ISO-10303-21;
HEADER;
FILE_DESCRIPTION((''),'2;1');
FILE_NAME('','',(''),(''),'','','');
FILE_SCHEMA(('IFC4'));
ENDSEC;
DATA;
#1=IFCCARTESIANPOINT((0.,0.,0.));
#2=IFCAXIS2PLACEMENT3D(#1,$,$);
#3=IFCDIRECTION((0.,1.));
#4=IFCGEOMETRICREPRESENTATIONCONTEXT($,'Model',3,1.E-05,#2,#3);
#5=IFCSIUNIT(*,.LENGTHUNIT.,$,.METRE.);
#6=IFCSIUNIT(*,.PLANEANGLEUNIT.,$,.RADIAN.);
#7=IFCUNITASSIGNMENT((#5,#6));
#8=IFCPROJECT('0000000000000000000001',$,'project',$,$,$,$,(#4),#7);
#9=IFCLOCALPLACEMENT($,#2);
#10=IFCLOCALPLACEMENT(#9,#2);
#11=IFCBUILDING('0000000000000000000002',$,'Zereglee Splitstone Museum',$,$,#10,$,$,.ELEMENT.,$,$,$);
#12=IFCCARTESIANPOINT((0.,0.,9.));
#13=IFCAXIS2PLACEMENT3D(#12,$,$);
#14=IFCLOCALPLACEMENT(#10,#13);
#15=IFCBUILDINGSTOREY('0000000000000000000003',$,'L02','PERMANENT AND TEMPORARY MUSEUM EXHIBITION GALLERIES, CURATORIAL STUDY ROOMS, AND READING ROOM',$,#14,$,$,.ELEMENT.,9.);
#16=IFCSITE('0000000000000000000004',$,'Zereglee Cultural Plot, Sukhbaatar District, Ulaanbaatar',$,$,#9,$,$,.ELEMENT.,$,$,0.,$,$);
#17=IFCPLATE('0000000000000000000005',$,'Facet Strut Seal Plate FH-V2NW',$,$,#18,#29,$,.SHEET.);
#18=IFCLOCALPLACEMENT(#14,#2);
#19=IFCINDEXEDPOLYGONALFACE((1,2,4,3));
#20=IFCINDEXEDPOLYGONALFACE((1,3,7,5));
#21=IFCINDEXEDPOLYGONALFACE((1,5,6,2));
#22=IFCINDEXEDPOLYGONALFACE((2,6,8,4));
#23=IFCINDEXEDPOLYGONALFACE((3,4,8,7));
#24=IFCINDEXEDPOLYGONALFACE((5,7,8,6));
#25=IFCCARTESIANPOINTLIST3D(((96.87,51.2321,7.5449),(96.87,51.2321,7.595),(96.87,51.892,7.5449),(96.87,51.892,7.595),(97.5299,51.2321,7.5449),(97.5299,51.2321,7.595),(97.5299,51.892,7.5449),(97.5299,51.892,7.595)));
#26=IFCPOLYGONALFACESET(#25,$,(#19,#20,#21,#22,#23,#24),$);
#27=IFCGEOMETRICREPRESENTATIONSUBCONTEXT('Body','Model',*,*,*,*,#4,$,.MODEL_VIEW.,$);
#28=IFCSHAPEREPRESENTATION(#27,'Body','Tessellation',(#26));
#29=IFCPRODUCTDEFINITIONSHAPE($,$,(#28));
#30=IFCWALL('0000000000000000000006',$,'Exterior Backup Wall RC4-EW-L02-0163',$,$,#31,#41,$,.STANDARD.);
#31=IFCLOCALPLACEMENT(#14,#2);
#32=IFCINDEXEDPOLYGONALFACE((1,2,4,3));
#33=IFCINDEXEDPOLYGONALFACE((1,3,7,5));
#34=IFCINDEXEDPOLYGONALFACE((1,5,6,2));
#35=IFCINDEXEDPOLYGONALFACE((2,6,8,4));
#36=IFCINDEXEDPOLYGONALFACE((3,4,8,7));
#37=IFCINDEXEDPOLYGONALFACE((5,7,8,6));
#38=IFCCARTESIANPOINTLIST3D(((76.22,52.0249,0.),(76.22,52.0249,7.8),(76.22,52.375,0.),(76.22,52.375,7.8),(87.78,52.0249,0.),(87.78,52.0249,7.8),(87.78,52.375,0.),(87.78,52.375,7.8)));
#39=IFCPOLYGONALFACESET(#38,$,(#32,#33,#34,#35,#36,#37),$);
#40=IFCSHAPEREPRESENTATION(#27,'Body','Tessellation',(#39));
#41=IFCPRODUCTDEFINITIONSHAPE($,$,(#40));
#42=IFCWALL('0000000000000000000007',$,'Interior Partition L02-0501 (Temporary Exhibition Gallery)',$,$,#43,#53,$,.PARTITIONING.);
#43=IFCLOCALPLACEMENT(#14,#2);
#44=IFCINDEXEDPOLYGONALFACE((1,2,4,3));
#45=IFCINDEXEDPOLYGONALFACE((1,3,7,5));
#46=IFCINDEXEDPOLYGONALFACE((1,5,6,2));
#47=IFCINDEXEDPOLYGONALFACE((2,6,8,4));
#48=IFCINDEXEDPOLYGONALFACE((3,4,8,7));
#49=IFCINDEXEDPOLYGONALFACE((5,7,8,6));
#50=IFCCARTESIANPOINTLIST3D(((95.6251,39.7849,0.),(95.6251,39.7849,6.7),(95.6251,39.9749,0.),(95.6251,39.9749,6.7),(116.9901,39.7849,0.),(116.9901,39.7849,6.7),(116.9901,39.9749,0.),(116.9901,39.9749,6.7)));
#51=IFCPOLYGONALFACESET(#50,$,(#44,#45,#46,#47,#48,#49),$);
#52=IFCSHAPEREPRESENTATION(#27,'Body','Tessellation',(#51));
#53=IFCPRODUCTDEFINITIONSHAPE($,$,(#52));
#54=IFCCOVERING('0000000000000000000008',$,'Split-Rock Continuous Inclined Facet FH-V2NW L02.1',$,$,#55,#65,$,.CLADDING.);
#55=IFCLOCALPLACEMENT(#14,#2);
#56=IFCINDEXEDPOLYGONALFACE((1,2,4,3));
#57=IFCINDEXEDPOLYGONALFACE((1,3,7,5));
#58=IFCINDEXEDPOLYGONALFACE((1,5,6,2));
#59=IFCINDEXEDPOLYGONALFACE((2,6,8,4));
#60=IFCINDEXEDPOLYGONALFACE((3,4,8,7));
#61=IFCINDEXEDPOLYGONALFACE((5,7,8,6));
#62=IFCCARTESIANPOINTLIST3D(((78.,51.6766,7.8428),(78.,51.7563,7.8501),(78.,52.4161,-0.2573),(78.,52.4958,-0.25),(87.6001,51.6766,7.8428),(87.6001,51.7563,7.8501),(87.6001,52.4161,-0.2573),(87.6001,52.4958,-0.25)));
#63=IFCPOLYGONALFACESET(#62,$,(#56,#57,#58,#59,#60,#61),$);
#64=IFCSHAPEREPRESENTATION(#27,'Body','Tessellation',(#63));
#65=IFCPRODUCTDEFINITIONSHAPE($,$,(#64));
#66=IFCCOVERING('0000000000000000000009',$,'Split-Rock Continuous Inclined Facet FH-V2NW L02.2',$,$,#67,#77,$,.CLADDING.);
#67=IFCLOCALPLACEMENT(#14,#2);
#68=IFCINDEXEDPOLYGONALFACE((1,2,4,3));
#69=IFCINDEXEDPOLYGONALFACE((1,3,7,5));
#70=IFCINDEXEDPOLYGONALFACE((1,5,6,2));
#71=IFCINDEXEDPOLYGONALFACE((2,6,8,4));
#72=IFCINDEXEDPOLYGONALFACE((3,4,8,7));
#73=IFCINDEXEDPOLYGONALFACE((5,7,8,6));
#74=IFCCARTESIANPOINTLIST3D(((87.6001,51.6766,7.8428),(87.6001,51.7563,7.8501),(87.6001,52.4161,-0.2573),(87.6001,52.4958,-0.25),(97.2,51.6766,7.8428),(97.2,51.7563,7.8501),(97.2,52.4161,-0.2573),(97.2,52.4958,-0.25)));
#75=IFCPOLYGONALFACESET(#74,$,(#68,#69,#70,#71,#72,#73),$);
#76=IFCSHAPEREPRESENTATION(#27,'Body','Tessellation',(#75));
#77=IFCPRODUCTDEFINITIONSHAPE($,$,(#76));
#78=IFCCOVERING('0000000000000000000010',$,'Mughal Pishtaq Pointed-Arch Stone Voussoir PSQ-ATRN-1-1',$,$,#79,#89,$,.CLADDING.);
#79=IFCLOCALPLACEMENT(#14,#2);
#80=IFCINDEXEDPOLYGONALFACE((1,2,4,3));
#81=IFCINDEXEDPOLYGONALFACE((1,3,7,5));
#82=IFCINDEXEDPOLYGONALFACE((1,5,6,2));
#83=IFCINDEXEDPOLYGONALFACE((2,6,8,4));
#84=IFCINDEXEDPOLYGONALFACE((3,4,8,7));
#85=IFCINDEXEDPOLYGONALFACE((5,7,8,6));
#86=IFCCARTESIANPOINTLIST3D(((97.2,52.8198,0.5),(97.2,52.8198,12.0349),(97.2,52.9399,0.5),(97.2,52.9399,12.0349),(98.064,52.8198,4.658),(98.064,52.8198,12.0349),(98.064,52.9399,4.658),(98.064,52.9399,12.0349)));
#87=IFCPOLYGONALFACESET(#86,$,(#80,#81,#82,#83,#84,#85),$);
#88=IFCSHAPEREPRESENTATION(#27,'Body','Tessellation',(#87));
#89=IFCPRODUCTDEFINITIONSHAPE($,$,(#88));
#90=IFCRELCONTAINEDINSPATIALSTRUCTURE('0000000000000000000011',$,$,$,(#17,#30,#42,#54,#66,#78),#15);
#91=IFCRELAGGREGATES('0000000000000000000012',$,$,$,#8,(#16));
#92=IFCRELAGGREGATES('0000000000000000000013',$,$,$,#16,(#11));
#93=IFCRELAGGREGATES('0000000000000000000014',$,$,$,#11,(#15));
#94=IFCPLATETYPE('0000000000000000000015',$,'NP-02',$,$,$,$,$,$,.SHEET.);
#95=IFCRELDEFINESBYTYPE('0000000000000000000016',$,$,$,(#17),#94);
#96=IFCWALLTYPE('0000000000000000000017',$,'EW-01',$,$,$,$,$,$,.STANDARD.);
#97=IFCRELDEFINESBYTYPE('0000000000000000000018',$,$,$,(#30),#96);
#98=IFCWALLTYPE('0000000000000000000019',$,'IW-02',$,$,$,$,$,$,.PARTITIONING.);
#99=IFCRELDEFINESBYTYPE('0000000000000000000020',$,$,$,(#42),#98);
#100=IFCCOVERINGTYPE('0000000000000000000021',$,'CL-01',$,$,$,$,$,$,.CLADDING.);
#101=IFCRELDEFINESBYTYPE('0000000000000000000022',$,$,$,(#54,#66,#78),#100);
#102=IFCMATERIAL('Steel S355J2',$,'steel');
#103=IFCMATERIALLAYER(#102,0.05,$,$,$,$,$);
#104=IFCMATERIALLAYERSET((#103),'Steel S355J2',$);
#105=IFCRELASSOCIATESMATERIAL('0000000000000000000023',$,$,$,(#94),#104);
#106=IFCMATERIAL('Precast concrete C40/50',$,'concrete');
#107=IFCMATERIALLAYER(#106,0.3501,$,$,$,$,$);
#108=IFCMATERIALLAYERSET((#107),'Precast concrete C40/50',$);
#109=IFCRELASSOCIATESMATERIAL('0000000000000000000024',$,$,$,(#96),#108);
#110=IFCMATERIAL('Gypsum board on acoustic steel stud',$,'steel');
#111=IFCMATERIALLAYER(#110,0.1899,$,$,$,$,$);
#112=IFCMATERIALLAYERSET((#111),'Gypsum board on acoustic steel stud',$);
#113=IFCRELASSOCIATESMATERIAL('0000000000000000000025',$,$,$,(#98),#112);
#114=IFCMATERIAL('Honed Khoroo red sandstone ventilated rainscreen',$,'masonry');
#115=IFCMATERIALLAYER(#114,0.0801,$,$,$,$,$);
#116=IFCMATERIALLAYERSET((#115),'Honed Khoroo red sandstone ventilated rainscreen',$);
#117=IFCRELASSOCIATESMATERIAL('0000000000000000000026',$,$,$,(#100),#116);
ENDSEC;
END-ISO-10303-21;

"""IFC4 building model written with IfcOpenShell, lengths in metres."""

from ifc_helpers import new_model, si_unit, direction, frame, frame_2d, origin, origin_2d, place, context, subcontext, project, spatial, polyline, rectangle, outline, extrude, material, layer, layer_set, type_object, element, save


model = new_model("IFC4")

# Units and contexts
model_context = context("Model", 3, precision=1e-05, world=origin(), true_north=direction((0.0, 1.0)))
body_context = subcontext(model_context, "Body", "Model", "MODEL_VIEW")
ifc_project = project(units=[si_unit("LENGTHUNIT", "METRE"), si_unit("PLANEANGLEUNIT", "RADIAN")], contexts=[model_context])

# Site, building, storey
site_placement = place(None, origin())
site = spatial("IfcSite", under=ifc_project, at=site_placement, Name="Zereglee Cultural Plot, Sukhbaatar District, Ulaanbaatar", CompositionType="ELEMENT", RefElevation=0.0)
building_placement = place(site_placement, origin())
building = spatial("IfcBuilding", under=site, at=building_placement, Name="Zereglee Splitstone Museum", CompositionType="ELEMENT")
storey_placement = place(building_placement, frame((0.0, 0.0, 9.0)))
storey = spatial("IfcBuildingStorey", under=building, at=storey_placement, Name="L02", Description="PERMANENT AND TEMPORARY MUSEUM EXHIBITION GALLERIES, CURATORIAL STUDY ROOMS, AND READING ROOM", CompositionType="ELEMENT", Elevation=9.0)

# Shared definitions
ifc_material_1 = material(Name="Steel S355J2", Category="steel")

# Plate
ifc_layer_1 = layer(ifc_material_1, 0.05)
ifc_layer_set_1 = layer_set([ifc_layer_1], Name="Steel S355J2")
plate_type_1 = type_object("IfcPlateType", Name="NP-02", PredefinedType="SHEET", material=ifc_layer_set_1)
for number, where, z_axis, x_axis, name in (
    (1, (97.2, 51.562, 7.5449), (0.0, 0.0, 1.0), (1.0, 0.0, 0.0), "Facet Strut Seal Plate FH-V2NW"),
):
    element("IfcPlate", number, at=place(storey_placement, frame(where, z_axis=z_axis, x_axis=x_axis)), inside=storey, type_object=plate_type_1, Name=name, PredefinedType="SHEET", context=body_context, shape_type="SweptSolid", body=[
        extrude(rectangle(XDim=0.6599, YDim=0.6599, at=origin_2d()), origin(), (0.0, 0.0, 1.0), 0.05),
    ])

# Walls
ifc_material_2 = material(Name="Precast concrete C40/50", Category="concrete")
ifc_layer_2 = layer(ifc_material_2, 0.3501)
ifc_layer_set_2 = layer_set([ifc_layer_2], Name="Precast concrete C40/50")
wall_type_1 = type_object("IfcWallType", Name="EW-01", PredefinedType="STANDARD", material=ifc_layer_set_2)
wall_1_placement = place(storey_placement, frame((87.78, 52.2, 0.0), z_axis=(0.0, 0.0, 1.0), x_axis=(-1.0, 0.0, 0.0)))
element("IfcWall", 2, at=wall_1_placement, inside=storey, type_object=wall_type_1, Name="Exterior Backup Wall RC4-EW-L02-0163", PredefinedType="STANDARD", context=body_context, shape_type="SweptSolid", body=[
    extrude(rectangle(XDim=11.5601, YDim=0.3501, at=frame_2d((5.78, 0.0))), origin(), (0.0, 0.0, 1.0), 7.8),
])
ifc_material_3 = material(Name="Gypsum board on acoustic steel stud", Category="steel")
ifc_layer_3 = layer(ifc_material_3, 0.1899)
ifc_layer_set_3 = layer_set([ifc_layer_3], Name="Gypsum board on acoustic steel stud")
wall_type_2 = type_object("IfcWallType", Name="IW-02", PredefinedType="PARTITIONING", material=ifc_layer_set_3)
wall_2_placement = place(storey_placement, frame((95.625, 39.8799, 0.0), z_axis=(0.0, 0.0, 1.0), x_axis=(1.0, 0.0, 0.0)))
element("IfcWall", 3, at=wall_2_placement, inside=storey, type_object=wall_type_2, Name="Interior Partition L02-0501 (Temporary Exhibition Gallery)", PredefinedType="PARTITIONING", context=body_context, shape_type="SweptSolid", body=[
    extrude(rectangle(XDim=21.365, YDim=0.1899, at=frame_2d((10.6826, 0.0))), origin(), (0.0, 0.0, 1.0), 6.7),
])

# Coverings
ifc_material_4 = material(Name="Honed Khoroo red sandstone ventilated rainscreen", Category="masonry")
ifc_layer_4 = layer(ifc_material_4, 0.0801)
ifc_layer_set_4 = layer_set([ifc_layer_4], Name="Honed Khoroo red sandstone ventilated rainscreen")
covering_type = type_object("IfcCoveringType", Name="CL-01", PredefinedType="CLADDING", material=ifc_layer_set_4)
covering_1_placement = place(storey_placement, frame((78.0, 51.7563, 7.8501), z_axis=(0.0, 0.995858, 0.090917), x_axis=(1.0, 0.0, 0.0)))
element("IfcCovering", 4, at=covering_1_placement, inside=storey, type_object=covering_type, Name="Split-Rock Continuous Inclined Facet FH-V2NW L02.1", PredefinedType="CLADDING", context=body_context, shape_type="SweptSolid", body=[
    extrude(outline(polyline([(0.0, 0.0), (9.6001, 0.0), (9.6001, 8.1338), (0.0, 8.1338), (0.0, 0.0)])), origin(), (0.0, 0.0, -1.0), 0.0801),
])
covering_2_placement = place(storey_placement, frame((87.6001, 51.7563, 7.8501), z_axis=(0.0, 0.995858, 0.090917), x_axis=(1.0, 0.0, 0.0)))
element("IfcCovering", 5, at=covering_2_placement, inside=storey, type_object=covering_type, Name="Split-Rock Continuous Inclined Facet FH-V2NW L02.2", PredefinedType="CLADDING", context=body_context, shape_type="SweptSolid", body=[
    extrude(outline(polyline([(0.0, 0.0), (9.5999, 0.0), (9.5999, 8.1338), (0.0, 8.1338), (0.0, 0.0)])), origin(), (0.0, 0.0, -1.0), 0.0801),
])
covering_3_placement = place(storey_placement, frame((97.2, 52.9399, 12.0349), z_axis=(0.0, 1.0, 0.0), x_axis=(1.0, 0.0, 0.0)))
element("IfcCovering", 6, at=covering_3_placement, inside=storey, type_object=covering_type, Name="Mughal Pishtaq Pointed-Arch Stone Voussoir PSQ-ATRN-1-1", PredefinedType="CLADDING", context=body_context, shape_type="SweptSolid", body=[
    extrude(outline(polyline([(0.0, 0.0), (0.864, 0.0), (0.864, 7.377), (0.0, 11.5349), (0.0, 0.0)])), origin(), (0.0, 0.0, -1.0), 0.1201),
])

save(model, "model.ifc")
